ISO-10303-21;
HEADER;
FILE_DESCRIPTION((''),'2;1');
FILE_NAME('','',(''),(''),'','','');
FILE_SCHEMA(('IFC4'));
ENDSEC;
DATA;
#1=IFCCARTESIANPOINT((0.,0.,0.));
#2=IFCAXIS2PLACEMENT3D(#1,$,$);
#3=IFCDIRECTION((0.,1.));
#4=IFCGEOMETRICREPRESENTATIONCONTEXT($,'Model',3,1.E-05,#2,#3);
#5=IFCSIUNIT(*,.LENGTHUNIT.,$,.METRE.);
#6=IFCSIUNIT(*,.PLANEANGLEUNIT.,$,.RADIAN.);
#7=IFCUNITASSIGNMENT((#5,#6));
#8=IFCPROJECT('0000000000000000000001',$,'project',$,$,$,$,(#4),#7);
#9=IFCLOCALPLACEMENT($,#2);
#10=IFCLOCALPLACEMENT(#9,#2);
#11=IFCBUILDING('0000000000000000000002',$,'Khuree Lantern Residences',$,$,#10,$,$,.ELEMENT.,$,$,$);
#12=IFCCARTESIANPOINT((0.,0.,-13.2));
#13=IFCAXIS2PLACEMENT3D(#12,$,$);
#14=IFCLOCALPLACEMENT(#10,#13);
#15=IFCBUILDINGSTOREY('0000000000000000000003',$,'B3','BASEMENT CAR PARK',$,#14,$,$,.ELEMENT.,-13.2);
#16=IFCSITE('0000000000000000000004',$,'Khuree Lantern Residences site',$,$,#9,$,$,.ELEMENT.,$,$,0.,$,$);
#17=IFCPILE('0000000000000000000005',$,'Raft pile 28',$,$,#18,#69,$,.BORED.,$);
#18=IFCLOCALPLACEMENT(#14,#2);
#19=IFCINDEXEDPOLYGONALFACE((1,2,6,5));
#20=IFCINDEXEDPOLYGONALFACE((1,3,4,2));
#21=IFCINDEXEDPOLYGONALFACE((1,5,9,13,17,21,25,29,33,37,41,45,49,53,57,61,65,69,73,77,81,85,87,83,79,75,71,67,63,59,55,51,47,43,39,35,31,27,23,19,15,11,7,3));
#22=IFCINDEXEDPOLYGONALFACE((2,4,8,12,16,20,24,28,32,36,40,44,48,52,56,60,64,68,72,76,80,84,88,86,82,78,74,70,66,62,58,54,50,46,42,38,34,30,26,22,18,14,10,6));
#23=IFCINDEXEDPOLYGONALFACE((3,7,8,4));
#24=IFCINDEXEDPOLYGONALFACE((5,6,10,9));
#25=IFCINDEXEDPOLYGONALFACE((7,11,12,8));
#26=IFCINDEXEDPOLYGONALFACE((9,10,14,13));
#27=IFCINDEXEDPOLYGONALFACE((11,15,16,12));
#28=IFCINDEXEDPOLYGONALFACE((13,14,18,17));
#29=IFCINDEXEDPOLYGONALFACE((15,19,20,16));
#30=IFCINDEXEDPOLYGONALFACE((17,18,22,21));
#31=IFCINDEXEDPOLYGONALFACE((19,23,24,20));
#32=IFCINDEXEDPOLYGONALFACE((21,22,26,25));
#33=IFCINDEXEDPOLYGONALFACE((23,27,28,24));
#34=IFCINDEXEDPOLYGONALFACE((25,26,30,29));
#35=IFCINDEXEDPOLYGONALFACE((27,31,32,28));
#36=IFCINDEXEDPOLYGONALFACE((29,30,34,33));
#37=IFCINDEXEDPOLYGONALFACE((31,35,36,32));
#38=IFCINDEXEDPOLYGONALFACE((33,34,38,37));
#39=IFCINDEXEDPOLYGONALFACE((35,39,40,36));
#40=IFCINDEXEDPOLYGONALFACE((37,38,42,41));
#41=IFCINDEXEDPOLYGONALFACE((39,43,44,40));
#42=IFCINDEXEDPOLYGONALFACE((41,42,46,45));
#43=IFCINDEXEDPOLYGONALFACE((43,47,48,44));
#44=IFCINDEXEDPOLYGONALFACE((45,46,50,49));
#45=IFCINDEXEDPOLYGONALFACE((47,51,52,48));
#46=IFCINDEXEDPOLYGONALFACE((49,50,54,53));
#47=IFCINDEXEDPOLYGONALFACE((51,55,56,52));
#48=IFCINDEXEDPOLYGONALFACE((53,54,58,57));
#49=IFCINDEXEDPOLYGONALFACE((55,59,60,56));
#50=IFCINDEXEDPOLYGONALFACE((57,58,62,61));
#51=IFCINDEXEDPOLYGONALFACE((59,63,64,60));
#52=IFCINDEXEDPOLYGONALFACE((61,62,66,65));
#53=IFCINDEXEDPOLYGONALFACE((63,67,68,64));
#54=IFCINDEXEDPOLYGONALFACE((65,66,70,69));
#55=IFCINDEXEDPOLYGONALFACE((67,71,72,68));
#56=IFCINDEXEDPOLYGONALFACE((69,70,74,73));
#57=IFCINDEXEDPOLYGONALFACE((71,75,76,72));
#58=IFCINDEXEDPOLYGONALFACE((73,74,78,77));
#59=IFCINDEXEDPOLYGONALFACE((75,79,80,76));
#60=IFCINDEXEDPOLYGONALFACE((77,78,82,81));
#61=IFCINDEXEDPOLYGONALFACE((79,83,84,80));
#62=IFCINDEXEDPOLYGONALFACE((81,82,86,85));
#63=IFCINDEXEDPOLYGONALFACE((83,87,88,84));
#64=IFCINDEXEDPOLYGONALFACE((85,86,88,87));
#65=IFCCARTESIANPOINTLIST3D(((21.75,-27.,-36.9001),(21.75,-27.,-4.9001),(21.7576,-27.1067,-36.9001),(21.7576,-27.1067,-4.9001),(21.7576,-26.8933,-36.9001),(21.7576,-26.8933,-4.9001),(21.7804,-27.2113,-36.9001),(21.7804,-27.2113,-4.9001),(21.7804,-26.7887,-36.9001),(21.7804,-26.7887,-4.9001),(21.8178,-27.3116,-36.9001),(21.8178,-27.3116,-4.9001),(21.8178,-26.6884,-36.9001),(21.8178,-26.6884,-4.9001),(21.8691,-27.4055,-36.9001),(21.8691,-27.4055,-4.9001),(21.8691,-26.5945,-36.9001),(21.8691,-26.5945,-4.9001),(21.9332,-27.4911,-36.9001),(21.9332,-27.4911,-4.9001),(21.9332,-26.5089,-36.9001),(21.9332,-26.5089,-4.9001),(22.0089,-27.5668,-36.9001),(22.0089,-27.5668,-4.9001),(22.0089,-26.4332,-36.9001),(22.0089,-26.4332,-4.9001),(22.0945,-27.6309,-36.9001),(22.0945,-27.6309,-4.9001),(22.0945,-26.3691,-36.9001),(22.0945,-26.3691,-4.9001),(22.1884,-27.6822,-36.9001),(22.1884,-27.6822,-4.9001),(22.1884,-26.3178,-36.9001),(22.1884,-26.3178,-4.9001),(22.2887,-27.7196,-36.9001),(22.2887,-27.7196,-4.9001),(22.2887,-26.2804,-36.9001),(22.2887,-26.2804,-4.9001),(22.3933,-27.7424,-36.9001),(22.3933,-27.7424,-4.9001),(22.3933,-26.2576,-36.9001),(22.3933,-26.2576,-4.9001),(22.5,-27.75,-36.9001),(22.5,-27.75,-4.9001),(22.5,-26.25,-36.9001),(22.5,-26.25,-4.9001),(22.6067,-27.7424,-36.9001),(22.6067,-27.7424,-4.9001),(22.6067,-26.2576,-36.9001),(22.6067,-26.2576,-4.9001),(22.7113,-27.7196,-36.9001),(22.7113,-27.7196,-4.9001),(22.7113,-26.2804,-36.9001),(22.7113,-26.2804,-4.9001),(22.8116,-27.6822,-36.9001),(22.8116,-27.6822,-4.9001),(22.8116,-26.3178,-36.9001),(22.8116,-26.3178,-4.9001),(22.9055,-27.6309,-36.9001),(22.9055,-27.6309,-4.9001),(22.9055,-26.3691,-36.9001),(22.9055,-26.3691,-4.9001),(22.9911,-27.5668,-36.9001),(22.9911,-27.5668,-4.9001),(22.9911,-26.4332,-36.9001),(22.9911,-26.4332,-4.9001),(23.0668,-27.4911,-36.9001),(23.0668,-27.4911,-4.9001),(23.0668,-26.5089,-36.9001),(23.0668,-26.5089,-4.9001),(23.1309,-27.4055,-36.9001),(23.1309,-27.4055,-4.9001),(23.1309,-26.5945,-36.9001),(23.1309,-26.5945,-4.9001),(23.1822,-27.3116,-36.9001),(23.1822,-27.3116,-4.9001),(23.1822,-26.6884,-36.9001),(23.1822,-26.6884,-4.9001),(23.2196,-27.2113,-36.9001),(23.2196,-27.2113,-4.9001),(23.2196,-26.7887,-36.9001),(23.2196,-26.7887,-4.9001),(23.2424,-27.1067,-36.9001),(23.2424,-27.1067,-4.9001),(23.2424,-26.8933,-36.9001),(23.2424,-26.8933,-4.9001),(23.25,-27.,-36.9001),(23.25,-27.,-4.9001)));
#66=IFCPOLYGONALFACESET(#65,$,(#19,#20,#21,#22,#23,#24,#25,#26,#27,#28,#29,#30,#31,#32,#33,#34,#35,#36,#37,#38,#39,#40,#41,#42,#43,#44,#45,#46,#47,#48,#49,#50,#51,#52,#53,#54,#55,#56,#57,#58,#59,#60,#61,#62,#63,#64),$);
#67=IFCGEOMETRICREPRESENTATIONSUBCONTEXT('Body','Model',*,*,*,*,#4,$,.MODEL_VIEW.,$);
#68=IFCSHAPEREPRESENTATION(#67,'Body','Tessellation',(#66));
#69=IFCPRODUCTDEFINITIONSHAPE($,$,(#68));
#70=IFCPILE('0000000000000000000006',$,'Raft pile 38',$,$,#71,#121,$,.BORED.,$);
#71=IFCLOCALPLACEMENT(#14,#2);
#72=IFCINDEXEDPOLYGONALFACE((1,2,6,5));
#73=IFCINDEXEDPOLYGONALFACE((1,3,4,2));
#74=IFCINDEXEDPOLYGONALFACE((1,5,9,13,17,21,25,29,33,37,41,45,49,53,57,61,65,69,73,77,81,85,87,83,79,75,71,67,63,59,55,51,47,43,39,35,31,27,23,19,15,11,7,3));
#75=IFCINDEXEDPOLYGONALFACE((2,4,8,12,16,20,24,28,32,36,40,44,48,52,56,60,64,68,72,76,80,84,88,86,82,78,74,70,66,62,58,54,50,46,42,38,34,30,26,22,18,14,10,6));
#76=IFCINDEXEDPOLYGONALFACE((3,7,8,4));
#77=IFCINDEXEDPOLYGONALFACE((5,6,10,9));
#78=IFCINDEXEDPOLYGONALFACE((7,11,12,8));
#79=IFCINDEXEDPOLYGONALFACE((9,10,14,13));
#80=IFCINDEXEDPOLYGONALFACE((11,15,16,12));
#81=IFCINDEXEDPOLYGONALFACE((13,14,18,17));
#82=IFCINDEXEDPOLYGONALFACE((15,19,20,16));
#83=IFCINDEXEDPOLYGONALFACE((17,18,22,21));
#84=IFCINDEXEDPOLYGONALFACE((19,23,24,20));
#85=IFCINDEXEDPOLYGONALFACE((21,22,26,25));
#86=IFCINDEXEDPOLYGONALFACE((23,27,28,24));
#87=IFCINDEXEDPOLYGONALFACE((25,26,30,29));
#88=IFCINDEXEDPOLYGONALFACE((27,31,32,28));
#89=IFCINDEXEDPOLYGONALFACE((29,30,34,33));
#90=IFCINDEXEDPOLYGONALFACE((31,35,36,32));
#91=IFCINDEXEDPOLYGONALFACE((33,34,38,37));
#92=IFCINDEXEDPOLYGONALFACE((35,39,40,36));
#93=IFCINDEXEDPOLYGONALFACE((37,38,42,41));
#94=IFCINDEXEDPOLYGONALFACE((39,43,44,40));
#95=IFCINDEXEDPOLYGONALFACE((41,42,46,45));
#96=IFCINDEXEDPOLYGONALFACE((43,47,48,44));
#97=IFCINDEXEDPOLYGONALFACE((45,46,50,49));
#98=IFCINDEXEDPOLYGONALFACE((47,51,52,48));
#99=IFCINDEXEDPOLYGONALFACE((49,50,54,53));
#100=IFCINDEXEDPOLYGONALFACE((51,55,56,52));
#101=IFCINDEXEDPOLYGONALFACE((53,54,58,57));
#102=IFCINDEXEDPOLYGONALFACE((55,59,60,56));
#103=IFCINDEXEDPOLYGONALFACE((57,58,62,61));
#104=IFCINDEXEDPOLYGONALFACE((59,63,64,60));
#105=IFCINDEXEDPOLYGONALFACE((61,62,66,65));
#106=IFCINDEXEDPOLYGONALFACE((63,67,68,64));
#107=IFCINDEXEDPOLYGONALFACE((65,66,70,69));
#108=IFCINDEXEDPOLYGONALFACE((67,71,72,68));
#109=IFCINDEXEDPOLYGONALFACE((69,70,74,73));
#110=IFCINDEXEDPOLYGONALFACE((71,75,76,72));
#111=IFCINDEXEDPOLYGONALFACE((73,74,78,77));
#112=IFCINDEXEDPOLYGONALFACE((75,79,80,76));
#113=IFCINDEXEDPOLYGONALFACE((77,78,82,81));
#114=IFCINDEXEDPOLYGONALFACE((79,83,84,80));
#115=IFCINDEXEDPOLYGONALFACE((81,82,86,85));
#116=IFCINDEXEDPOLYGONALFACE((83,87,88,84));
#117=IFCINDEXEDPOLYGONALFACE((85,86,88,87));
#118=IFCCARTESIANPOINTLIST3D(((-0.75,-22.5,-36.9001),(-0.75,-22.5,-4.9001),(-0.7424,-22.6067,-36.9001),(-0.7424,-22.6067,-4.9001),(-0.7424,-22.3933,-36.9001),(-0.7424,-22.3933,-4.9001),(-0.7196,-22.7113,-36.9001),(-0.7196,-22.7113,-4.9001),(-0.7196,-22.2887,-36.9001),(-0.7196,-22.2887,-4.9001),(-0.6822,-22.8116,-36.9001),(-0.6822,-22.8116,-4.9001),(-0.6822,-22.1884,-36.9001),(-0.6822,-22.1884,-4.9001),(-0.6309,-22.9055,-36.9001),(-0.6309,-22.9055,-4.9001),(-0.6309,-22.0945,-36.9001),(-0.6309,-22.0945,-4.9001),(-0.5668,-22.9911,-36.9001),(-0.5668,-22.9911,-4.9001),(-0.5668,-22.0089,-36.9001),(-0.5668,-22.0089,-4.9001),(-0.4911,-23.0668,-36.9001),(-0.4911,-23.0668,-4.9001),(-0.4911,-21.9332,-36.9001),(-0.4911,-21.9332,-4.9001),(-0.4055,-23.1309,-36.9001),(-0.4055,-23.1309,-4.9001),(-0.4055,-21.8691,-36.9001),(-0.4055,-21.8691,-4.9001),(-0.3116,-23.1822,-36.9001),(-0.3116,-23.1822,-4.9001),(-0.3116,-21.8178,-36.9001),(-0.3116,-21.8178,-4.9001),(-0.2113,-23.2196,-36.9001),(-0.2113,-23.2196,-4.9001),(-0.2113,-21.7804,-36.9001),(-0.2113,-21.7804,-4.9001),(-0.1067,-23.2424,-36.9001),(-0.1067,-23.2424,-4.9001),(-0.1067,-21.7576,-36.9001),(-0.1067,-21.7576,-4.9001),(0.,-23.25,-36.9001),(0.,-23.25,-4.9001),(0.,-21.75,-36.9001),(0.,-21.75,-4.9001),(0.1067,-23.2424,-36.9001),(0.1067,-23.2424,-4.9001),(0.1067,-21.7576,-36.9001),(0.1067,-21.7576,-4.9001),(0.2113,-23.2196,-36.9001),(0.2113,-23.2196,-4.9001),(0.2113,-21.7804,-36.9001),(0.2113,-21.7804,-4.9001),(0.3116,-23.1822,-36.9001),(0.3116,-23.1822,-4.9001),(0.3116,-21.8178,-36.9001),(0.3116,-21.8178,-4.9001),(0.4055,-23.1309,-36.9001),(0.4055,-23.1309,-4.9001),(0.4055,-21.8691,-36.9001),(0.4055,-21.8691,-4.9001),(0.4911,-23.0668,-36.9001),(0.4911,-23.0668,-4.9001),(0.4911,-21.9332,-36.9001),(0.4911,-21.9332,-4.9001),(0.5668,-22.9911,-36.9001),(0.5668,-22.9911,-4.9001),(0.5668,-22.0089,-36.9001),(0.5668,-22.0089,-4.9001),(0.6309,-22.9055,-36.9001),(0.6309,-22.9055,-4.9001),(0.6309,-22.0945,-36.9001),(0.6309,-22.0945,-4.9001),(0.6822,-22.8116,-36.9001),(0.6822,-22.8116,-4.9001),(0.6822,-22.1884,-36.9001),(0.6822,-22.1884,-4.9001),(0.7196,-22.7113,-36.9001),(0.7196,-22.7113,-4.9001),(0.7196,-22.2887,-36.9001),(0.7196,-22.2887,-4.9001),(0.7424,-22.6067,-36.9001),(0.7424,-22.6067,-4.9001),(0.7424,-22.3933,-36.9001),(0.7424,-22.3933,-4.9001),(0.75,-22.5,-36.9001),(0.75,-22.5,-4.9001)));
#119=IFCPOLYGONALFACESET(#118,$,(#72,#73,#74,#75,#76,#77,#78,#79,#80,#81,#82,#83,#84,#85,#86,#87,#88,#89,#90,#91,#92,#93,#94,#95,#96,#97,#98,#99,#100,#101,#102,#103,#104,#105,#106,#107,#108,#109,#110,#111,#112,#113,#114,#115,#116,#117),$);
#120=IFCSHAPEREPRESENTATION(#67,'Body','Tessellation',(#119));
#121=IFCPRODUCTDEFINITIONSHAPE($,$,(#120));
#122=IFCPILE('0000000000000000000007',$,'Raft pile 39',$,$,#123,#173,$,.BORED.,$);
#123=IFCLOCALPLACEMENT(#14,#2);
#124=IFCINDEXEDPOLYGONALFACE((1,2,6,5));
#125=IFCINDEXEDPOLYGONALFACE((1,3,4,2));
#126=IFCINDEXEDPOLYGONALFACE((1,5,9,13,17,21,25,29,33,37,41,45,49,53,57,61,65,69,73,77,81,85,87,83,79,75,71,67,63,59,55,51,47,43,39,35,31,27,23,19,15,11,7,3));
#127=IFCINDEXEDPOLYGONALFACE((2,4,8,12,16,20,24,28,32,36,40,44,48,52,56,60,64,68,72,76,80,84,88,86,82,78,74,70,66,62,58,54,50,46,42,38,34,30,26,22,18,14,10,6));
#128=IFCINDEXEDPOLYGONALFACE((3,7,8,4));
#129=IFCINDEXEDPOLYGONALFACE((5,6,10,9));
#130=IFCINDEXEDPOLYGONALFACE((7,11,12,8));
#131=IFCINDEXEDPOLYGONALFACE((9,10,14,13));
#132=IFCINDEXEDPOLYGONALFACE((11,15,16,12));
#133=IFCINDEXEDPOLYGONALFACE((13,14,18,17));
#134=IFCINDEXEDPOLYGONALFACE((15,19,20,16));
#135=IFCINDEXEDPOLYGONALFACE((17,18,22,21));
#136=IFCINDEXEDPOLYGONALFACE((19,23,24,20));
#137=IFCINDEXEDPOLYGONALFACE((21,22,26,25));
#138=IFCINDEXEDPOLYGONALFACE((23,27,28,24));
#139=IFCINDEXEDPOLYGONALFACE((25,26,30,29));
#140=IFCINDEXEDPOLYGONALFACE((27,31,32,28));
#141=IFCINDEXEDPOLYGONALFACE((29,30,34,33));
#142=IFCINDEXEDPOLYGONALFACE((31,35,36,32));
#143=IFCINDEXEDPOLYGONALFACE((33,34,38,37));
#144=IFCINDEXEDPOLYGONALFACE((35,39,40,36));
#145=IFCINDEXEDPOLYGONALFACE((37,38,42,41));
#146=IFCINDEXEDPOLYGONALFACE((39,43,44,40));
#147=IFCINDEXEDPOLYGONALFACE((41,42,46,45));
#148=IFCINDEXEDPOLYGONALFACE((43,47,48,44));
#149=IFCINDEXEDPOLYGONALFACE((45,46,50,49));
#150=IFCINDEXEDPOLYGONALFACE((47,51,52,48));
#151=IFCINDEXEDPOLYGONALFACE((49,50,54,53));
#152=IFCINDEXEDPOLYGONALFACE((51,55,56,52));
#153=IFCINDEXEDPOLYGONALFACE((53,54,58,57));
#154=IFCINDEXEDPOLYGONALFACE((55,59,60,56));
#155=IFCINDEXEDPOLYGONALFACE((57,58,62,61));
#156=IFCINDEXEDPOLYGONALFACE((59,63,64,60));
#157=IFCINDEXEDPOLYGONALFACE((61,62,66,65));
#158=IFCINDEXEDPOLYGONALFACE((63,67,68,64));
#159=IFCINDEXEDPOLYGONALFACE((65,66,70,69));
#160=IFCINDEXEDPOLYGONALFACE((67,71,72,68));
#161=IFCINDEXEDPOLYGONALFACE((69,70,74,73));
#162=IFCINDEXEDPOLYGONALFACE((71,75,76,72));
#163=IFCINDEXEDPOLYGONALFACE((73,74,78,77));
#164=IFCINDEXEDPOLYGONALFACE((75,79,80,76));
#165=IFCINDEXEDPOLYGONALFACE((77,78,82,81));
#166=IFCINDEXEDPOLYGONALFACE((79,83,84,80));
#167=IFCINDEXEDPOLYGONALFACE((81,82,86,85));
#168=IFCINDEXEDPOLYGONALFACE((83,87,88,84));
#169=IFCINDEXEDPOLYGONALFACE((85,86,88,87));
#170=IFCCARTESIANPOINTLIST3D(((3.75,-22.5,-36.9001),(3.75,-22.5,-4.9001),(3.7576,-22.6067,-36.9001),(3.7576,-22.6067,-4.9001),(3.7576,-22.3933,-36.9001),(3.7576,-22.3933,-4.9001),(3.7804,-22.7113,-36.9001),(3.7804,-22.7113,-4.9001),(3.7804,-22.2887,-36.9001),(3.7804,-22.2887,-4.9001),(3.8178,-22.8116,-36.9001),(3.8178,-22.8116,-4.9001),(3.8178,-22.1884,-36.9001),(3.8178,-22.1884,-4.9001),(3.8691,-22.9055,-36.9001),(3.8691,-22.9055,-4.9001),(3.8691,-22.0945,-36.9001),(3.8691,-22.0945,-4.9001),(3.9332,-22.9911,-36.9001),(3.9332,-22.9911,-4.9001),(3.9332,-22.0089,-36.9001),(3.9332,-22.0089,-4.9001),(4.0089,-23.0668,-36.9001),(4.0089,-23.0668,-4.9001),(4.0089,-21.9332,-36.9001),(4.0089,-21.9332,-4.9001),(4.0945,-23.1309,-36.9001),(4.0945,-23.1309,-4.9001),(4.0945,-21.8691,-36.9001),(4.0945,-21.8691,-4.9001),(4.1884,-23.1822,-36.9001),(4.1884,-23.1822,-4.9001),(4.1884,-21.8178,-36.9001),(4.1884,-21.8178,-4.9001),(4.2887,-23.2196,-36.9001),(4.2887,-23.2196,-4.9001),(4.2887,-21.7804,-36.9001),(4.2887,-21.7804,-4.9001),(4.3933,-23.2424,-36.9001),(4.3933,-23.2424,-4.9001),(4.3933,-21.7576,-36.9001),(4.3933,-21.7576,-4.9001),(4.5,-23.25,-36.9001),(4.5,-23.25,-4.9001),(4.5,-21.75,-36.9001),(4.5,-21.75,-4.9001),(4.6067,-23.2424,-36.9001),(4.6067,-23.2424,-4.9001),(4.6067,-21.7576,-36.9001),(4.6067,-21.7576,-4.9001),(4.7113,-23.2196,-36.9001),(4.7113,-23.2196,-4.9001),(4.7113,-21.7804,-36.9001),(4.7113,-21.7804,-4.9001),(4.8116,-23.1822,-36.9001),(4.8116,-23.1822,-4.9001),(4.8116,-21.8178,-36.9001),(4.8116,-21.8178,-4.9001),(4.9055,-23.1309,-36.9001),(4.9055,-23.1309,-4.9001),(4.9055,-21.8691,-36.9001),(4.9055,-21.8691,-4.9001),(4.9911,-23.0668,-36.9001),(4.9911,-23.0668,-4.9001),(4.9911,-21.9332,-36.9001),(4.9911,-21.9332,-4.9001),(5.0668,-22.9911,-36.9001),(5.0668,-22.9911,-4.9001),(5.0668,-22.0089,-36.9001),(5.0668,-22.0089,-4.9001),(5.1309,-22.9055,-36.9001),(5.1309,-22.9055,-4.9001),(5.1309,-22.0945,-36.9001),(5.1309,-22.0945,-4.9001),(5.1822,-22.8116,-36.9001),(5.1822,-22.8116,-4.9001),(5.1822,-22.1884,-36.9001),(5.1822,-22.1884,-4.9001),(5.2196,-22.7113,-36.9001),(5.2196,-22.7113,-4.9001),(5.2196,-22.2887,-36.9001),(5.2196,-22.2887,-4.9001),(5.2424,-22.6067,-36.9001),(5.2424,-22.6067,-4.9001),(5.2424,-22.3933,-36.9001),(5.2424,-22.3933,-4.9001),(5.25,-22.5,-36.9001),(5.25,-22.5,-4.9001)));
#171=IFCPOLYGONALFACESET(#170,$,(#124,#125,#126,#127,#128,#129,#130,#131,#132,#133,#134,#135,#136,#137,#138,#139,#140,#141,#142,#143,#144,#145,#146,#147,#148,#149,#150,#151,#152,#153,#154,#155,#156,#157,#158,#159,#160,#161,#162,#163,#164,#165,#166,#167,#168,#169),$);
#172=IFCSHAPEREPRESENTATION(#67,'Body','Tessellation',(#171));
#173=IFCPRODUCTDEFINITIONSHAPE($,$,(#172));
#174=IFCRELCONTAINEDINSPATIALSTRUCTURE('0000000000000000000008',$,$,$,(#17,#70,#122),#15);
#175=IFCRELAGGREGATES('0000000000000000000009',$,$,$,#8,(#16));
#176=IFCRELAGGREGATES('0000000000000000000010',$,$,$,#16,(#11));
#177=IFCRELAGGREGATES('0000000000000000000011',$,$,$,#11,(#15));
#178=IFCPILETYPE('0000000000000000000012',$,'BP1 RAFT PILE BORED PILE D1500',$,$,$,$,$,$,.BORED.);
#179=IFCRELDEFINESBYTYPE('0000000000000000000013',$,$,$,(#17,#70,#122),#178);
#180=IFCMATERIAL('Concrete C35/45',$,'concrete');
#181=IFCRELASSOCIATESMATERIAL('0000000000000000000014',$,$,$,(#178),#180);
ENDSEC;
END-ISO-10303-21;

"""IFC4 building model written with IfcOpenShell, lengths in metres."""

from ifc_helpers import new_model, si_unit, direction, frame, origin, origin_2d, place, context, subcontext, project, spatial, circle, extrude, material, material_profile, profile_set, type_object, element, save


model = new_model("IFC4")

# Units and contexts
model_context = context("Model", 3, precision=1e-05, world=origin(), true_north=direction((0.0, 1.0)))
body_context = subcontext(model_context, "Body", "Model", "MODEL_VIEW")
ifc_project = project(units=[si_unit("LENGTHUNIT", "METRE"), si_unit("PLANEANGLEUNIT", "RADIAN")], contexts=[model_context])

# Site, building, storey
site_placement = place(None, origin())
site = spatial("IfcSite", under=ifc_project, at=site_placement, Name="Khuree Lantern Residences site", CompositionType="ELEMENT", RefElevation=0.0)
building_placement = place(site_placement, origin())
building = spatial("IfcBuilding", under=site, at=building_placement, Name="Khuree Lantern Residences", CompositionType="ELEMENT")
storey_placement = place(building_placement, frame((0.0, 0.0, -13.2)))
storey = spatial("IfcBuildingStorey", under=building, at=storey_placement, Name="B3", Description="BASEMENT CAR PARK", CompositionType="ELEMENT", Elevation=-13.2)

# Piles
ifc_material_1 = material(Name="Concrete C35/45", Category="concrete")
ifc_material_profile_1 = material_profile(ifc_material_1, circle(Radius=0.75, at=origin_2d()), Name="BORED PILE D1500")
ifc_profile_set_1 = profile_set([ifc_material_profile_1], Name="Concrete C35/45")
pile_type = type_object("IfcPileType", Name="BP1 RAFT PILE BORED PILE D1500", PredefinedType="BORED", material=ifc_profile_set_1)
for number, where, z_axis, x_axis, name in (
    (1, (22.5, -27.0, -4.9001), (0.0, 0.0, -1.0), (1.0, 0.0, 0.0), "Raft pile 28"),
    (2, (0.0, -22.5, -4.9001), (0.0, 0.0, -1.0), (1.0, 0.0, 0.0), "Raft pile 38"),
    (3, (4.5, -22.5, -4.9001), (0.0, 0.0, -1.0), (1.0, 0.0, 0.0), "Raft pile 39"),
):
    element("IfcPile", number, at=place(storey_placement, frame(where, z_axis=z_axis, x_axis=x_axis)), inside=storey, type_object=pile_type, Name=name, PredefinedType="BORED", context=body_context, shape_type="SweptSolid", body=[
        extrude(circle(Radius=0.75, at=origin_2d()), origin(), (0.0, 0.0, 1.0), 32.0),
    ])

save(model, "model.ifc")
